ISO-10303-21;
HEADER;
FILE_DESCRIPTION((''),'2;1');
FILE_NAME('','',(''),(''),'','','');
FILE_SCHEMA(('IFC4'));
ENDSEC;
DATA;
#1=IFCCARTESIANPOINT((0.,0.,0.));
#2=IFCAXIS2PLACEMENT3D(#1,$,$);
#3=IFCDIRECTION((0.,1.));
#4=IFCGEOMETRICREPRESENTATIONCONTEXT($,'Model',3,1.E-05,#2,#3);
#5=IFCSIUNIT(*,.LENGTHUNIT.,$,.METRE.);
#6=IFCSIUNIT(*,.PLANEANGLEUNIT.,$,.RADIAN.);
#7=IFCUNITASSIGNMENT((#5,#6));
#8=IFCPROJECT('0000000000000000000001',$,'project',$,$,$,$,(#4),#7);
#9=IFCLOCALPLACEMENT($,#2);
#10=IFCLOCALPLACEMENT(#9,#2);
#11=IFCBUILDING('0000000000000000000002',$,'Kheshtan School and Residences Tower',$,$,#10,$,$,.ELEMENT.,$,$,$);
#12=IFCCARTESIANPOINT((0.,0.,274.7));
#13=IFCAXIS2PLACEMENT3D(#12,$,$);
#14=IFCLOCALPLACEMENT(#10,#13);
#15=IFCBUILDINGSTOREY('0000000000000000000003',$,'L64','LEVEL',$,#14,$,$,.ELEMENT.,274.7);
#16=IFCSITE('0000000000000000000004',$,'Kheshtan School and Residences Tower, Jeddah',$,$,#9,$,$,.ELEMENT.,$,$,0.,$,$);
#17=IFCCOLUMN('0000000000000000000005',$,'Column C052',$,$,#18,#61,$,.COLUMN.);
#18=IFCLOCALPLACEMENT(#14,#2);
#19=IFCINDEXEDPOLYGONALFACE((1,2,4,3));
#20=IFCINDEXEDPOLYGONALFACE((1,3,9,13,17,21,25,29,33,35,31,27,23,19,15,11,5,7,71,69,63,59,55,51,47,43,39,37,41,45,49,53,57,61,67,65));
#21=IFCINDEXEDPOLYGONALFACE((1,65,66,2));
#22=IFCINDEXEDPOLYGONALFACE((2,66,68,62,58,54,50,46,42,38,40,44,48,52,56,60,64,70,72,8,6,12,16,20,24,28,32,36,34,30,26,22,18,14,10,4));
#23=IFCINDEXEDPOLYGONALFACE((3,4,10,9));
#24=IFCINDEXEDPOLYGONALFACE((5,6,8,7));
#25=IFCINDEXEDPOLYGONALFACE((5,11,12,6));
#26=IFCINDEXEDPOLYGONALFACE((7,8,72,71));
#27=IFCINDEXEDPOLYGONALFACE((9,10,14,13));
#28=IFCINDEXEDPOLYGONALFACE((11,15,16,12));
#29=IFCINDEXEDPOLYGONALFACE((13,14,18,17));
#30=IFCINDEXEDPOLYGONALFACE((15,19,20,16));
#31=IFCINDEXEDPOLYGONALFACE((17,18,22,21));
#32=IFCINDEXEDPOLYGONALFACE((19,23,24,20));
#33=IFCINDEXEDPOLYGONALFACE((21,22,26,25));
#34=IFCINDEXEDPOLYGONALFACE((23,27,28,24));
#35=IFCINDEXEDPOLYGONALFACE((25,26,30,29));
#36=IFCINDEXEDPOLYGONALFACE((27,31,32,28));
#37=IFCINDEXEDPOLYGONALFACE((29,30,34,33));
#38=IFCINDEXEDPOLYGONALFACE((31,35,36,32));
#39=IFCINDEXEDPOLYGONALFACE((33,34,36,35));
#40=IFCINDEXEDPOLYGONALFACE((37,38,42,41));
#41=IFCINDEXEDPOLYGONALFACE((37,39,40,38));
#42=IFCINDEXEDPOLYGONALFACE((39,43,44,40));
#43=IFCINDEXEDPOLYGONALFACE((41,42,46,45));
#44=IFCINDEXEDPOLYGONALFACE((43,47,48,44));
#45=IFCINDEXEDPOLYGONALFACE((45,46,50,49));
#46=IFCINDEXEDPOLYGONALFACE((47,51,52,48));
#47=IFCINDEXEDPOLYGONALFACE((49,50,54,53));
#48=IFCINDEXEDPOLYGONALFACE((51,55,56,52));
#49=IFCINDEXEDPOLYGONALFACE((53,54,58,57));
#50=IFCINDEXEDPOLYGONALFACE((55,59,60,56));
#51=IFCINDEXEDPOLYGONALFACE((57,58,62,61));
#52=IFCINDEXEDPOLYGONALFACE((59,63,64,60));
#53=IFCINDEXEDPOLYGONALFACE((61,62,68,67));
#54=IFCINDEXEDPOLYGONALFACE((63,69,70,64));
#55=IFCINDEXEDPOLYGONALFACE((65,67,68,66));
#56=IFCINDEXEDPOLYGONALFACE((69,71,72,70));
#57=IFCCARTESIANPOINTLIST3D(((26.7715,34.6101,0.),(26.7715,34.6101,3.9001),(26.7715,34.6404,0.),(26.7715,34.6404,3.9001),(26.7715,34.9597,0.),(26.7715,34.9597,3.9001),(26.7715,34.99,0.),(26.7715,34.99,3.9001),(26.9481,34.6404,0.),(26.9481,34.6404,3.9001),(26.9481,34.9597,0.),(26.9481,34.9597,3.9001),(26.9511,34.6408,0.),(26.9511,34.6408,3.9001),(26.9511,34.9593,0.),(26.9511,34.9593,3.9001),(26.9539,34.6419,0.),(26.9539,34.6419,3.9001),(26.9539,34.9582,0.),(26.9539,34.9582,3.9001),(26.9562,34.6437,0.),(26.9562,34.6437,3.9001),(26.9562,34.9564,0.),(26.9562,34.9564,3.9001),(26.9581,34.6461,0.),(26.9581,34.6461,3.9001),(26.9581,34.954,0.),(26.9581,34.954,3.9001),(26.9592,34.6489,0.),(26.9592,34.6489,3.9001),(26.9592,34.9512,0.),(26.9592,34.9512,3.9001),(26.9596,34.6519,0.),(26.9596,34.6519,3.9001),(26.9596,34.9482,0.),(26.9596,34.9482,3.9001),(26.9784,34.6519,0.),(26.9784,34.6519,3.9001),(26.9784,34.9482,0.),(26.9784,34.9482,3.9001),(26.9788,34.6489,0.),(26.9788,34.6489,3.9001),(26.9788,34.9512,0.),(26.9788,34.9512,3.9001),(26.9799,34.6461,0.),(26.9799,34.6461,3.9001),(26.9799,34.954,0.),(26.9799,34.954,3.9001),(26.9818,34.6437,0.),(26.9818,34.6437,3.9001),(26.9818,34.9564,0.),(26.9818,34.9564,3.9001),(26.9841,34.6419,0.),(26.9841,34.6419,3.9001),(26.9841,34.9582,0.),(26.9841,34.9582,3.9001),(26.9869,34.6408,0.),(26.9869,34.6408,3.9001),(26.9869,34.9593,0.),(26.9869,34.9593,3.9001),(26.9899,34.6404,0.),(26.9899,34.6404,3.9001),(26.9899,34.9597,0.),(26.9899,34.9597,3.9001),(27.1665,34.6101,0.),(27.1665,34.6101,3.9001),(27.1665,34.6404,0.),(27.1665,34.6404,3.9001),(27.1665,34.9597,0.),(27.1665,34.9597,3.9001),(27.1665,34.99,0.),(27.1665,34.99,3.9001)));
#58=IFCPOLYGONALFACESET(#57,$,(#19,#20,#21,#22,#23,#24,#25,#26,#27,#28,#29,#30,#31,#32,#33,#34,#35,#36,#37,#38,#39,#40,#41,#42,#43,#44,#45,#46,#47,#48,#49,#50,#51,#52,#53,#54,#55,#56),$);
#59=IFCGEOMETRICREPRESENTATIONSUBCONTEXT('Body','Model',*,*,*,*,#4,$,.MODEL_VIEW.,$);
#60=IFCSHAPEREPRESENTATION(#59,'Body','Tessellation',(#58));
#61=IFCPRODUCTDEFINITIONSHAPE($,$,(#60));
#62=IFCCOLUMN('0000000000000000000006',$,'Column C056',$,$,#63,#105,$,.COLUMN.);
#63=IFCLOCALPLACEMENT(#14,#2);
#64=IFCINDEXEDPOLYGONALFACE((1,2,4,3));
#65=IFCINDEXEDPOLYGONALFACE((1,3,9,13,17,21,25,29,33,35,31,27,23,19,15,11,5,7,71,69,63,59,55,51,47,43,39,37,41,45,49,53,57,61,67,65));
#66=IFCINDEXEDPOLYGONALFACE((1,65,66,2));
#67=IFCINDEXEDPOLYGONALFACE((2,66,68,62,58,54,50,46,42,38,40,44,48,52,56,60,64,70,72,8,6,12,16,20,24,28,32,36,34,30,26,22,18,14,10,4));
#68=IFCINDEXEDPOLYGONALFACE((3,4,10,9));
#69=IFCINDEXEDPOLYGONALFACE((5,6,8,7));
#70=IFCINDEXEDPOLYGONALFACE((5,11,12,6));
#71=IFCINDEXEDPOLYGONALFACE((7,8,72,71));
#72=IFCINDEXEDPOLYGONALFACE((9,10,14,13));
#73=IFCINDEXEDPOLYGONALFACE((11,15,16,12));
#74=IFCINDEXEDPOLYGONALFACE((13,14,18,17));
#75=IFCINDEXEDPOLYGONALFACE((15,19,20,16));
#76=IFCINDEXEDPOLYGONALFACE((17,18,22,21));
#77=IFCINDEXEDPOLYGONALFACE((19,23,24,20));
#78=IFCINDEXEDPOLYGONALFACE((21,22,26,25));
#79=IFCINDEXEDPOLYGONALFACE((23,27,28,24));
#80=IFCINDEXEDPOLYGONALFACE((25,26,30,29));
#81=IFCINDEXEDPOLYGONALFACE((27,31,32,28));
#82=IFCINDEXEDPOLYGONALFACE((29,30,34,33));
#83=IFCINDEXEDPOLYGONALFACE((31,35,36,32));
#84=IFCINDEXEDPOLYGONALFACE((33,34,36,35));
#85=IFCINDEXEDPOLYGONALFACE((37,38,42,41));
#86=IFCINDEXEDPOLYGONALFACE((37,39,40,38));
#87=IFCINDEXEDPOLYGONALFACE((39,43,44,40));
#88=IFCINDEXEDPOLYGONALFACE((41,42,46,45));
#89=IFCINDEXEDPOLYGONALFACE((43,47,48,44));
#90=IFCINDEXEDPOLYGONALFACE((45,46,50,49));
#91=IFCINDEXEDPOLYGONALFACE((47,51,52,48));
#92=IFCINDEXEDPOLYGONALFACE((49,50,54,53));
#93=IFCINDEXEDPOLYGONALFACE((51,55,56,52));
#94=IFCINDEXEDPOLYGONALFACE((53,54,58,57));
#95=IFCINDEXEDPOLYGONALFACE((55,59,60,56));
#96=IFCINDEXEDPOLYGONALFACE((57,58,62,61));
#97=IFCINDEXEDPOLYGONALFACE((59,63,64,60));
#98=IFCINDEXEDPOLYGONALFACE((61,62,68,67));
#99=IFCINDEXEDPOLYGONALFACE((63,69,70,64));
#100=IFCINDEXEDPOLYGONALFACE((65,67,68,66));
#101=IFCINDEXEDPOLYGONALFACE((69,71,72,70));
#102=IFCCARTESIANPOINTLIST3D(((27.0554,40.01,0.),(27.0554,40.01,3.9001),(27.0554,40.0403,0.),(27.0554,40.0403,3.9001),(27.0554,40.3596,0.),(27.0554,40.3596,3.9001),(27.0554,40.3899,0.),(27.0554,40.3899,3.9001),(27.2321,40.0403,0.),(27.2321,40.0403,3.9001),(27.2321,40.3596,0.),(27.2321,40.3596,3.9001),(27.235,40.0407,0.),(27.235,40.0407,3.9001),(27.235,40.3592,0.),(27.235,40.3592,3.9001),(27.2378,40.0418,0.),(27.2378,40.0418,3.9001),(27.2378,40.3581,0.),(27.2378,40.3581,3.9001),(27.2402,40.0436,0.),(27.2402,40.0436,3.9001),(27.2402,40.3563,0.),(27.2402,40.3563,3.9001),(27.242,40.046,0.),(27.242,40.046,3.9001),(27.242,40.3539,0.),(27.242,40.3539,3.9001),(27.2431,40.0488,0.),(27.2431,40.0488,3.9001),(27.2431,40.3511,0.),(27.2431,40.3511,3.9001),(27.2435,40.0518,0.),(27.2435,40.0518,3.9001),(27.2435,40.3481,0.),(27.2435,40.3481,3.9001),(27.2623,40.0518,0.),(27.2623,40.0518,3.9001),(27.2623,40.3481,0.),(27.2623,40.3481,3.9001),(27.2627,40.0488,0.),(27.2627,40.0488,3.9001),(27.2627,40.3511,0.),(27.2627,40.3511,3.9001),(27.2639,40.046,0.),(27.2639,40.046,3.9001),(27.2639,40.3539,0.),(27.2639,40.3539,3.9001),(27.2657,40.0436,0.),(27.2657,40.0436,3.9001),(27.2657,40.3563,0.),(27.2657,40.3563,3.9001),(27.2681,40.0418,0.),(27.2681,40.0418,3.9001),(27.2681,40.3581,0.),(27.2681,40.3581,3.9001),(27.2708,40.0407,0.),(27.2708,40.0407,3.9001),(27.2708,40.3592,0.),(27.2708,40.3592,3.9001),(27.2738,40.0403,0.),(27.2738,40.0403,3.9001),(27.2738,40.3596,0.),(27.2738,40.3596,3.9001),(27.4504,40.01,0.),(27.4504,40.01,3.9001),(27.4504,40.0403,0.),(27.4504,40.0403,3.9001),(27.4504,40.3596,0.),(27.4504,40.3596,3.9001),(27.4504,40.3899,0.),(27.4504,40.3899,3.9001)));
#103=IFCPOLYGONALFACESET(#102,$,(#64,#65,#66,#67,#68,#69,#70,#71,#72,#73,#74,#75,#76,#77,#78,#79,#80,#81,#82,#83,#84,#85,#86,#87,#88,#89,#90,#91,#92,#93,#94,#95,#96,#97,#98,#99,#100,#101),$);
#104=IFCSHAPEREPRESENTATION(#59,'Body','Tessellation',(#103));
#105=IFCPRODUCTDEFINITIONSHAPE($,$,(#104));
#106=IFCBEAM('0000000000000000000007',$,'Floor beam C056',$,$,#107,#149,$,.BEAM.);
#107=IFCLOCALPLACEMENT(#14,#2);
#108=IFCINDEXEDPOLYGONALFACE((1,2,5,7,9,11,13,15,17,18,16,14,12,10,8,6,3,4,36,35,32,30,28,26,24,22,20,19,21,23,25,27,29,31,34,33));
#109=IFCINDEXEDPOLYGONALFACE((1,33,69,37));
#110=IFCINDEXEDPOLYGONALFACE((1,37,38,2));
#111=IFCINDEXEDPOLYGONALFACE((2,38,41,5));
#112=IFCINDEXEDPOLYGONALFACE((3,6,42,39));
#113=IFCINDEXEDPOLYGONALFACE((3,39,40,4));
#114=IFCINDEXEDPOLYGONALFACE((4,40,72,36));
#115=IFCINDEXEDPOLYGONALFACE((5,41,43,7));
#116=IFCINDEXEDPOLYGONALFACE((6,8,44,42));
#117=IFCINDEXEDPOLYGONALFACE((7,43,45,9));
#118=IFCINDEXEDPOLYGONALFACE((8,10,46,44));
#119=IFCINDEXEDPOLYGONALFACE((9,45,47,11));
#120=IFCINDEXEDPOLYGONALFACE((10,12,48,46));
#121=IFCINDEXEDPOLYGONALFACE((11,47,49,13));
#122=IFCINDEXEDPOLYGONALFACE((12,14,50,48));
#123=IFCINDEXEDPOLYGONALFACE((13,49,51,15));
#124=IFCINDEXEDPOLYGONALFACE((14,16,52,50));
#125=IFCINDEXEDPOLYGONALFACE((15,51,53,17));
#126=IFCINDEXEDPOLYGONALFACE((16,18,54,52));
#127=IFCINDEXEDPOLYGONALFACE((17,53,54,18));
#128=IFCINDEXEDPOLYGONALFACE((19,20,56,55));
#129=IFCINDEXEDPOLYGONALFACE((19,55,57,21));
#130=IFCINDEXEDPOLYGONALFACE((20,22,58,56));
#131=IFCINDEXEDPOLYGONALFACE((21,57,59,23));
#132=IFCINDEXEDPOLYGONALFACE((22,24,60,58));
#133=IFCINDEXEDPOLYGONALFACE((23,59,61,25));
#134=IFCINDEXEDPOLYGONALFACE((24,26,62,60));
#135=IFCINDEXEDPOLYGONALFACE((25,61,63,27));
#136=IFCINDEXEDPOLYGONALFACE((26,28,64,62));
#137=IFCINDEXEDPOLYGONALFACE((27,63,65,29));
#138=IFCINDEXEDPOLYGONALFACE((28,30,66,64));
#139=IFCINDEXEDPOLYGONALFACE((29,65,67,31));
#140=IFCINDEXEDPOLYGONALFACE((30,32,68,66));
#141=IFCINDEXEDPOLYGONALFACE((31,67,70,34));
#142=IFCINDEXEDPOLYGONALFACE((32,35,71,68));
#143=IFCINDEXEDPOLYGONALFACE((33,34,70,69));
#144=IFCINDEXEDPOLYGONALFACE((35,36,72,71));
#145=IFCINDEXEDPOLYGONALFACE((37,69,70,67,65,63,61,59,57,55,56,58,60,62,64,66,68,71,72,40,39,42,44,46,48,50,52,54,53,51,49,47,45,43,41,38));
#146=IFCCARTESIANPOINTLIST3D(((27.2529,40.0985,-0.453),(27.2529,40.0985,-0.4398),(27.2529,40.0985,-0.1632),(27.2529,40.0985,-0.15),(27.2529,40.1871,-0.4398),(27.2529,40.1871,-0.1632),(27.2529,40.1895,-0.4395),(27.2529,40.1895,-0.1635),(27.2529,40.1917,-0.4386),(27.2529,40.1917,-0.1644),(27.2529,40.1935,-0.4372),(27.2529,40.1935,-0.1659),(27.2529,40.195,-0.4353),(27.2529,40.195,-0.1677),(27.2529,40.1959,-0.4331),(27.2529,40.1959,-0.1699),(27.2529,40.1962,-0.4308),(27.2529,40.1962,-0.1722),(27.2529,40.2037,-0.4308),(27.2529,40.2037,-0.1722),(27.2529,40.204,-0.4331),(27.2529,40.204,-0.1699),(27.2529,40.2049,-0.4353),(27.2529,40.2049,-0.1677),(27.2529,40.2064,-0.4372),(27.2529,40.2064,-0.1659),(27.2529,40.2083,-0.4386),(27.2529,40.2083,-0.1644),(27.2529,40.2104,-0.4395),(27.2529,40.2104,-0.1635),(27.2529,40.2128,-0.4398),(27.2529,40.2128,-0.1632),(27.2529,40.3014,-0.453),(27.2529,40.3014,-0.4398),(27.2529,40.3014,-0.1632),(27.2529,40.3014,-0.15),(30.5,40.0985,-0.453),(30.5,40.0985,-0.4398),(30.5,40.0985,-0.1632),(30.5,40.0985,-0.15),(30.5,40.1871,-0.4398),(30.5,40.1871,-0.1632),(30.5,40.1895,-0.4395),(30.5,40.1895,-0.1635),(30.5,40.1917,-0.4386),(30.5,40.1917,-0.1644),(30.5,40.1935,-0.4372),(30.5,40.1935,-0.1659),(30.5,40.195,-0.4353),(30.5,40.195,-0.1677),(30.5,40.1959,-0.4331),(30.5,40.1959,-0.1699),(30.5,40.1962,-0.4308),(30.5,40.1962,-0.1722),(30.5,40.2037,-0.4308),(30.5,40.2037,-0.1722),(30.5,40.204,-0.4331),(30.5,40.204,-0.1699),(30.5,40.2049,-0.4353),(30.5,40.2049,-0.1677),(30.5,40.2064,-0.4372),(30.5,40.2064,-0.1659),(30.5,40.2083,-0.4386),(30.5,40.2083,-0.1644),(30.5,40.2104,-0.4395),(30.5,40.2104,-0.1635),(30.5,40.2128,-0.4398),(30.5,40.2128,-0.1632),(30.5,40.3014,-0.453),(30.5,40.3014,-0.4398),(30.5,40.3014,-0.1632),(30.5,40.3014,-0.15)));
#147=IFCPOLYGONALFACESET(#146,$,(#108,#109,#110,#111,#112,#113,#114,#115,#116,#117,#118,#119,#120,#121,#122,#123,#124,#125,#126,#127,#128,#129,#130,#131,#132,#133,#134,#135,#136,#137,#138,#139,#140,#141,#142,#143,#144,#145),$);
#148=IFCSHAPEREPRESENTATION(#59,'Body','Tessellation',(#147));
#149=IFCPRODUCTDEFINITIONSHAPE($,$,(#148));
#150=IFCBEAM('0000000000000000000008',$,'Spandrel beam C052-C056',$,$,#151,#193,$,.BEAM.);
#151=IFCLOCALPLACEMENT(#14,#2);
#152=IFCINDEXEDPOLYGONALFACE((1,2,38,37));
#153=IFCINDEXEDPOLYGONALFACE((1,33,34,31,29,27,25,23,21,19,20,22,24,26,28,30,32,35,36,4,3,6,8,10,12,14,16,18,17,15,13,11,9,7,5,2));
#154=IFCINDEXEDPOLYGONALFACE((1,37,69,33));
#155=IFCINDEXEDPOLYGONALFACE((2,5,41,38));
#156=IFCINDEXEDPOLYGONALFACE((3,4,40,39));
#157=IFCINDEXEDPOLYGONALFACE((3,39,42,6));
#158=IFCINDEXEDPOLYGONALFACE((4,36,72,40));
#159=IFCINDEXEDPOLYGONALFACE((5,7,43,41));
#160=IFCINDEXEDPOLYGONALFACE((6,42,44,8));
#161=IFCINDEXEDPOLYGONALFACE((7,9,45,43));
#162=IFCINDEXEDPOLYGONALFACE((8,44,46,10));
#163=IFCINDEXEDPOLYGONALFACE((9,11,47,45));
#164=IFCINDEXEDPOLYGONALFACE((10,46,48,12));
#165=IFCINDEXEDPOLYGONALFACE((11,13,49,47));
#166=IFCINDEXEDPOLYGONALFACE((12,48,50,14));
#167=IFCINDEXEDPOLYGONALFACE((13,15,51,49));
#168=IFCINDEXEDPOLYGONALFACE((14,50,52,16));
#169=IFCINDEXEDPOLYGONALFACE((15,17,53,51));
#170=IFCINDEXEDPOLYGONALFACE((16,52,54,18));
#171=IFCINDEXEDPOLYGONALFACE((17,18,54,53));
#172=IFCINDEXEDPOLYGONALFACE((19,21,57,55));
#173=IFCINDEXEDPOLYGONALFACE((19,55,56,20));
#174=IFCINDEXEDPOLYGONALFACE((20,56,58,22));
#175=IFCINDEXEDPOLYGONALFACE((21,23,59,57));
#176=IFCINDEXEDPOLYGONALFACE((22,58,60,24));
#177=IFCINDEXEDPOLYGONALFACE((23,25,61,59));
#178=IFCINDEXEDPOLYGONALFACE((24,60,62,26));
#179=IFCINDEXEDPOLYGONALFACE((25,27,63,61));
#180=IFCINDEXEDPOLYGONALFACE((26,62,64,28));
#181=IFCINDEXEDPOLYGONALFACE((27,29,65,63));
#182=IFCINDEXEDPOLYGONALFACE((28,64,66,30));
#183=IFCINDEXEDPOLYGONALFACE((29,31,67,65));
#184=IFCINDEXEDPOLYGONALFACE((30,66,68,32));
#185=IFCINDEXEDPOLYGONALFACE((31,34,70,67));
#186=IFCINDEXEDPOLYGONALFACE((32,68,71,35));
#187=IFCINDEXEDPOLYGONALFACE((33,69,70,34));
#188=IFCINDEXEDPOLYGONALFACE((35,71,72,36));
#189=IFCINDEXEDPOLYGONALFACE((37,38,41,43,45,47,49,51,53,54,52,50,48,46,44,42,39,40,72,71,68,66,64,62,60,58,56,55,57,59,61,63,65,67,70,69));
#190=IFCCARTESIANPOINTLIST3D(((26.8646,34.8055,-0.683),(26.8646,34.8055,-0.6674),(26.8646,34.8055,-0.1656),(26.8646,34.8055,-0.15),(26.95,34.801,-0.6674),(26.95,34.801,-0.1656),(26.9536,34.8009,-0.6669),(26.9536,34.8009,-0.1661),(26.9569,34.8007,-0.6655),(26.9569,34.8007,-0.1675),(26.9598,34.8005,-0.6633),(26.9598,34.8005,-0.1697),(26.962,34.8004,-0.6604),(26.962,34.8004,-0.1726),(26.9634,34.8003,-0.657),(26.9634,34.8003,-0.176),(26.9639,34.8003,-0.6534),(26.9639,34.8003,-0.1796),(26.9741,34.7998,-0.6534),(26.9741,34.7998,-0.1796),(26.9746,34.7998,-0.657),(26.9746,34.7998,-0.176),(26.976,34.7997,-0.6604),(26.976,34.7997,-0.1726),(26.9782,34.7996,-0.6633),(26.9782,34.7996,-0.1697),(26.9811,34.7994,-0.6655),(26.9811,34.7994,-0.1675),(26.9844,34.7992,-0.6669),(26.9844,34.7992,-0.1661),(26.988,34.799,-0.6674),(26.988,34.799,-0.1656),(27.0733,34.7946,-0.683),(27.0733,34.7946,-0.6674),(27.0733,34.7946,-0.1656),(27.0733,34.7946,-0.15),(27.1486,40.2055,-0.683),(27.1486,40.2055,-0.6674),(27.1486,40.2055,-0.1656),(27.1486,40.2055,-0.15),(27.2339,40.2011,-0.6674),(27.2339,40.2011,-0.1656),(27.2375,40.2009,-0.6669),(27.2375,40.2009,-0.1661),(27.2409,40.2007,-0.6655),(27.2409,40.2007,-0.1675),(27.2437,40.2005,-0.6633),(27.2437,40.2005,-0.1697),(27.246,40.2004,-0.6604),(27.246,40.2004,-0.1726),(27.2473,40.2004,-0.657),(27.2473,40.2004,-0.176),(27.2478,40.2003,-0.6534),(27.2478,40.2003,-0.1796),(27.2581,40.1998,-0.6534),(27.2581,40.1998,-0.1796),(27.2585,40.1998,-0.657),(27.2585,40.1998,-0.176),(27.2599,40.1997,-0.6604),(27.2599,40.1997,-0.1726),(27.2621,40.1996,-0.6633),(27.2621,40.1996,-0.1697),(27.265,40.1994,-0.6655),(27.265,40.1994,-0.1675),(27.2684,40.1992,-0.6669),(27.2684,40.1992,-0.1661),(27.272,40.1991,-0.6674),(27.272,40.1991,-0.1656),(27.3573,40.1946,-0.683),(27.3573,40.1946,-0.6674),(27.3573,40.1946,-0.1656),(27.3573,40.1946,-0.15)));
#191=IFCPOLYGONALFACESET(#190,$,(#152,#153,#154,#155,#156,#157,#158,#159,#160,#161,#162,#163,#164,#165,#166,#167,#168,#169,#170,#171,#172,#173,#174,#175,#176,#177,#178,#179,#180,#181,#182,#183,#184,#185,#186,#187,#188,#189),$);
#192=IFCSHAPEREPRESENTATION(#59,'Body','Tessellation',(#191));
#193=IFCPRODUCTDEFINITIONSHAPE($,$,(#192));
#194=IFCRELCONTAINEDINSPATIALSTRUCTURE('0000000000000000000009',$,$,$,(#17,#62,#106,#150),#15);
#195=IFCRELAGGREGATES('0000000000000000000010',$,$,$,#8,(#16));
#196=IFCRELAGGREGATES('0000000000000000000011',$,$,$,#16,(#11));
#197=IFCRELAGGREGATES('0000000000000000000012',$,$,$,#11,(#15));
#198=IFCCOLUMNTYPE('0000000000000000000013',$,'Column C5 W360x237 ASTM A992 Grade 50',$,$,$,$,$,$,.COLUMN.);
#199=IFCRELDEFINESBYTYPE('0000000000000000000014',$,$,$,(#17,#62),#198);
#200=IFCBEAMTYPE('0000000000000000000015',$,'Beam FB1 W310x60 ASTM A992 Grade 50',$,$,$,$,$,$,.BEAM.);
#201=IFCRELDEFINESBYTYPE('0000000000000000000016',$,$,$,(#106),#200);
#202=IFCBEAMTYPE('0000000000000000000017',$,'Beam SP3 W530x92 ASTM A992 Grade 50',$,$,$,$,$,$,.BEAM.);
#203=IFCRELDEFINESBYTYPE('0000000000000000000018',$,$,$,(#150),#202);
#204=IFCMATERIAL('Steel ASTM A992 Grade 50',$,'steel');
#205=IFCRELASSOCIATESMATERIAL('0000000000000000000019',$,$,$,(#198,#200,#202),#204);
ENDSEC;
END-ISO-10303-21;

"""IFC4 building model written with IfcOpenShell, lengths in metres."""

from ifc_helpers import new_model, si_unit, direction, frame, origin, origin_2d, place, context, subcontext, project, spatial, i_section, extrude, material, material_profile, profile_set, type_object, element, save


model = new_model("IFC4")

# Units and contexts
model_context = context("Model", 3, precision=1e-05, world=origin(), true_north=direction((0.0, 1.0)))
body_context = subcontext(model_context, "Body", "Model", "MODEL_VIEW")
ifc_project = project(units=[si_unit("LENGTHUNIT", "METRE"), si_unit("PLANEANGLEUNIT", "RADIAN")], contexts=[model_context])

# Site, building, storey
site_placement = place(None, origin())
site = spatial("IfcSite", under=ifc_project, at=site_placement, Name="Kheshtan School and Residences Tower, Jeddah", CompositionType="ELEMENT", RefElevation=0.0)
building_placement = place(site_placement, origin())
building = spatial("IfcBuilding", under=site, at=building_placement, Name="Kheshtan School and Residences Tower", CompositionType="ELEMENT")
storey_placement = place(building_placement, frame((0.0, 0.0, 274.7)))
storey = spatial("IfcBuildingStorey", under=building, at=storey_placement, Name="L64", Description="LEVEL", CompositionType="ELEMENT", Elevation=274.7)

# Columns
ifc_material_1 = material(Name="Steel ASTM A992 Grade 50", Category="steel")
ifc_material_profile_1 = material_profile(ifc_material_1, i_section(OverallWidth=0.395, OverallDepth=0.3799, WebThickness=0.0188, FlangeThickness=0.0303, FilletRadius=0.0115, at=origin_2d()), Name="W360x237")
ifc_profile_set_1 = profile_set([ifc_material_profile_1], Name="Steel ASTM A992 Grade 50")
column_type = type_object("IfcColumnType", Name="Column C5 W360x237 ASTM A992 Grade 50", PredefinedType="COLUMN", material=ifc_profile_set_1)
for number, where, z_axis, x_axis, name in (
    (1, (26.969, 34.8, 0.0), (0.0, 0.0, 1.0), (1.0, 0.0, 0.0), "Column C052"),
    (2, (27.2529, 40.2, 0.0), (0.0, 0.0, 1.0), (1.0, 0.0, 0.0), "Column C056"),
):
    element("IfcColumn", number, at=place(storey_placement, frame(where, z_axis=z_axis, x_axis=x_axis)), inside=storey, type_object=column_type, Name=name, PredefinedType="COLUMN", context=body_context, shape_type="SweptSolid", body=[
        extrude(i_section(OverallWidth=0.395, OverallDepth=0.3799, WebThickness=0.0188, FlangeThickness=0.0303, FilletRadius=0.0115, at=origin_2d()), origin(), (0.0, 0.0, 1.0), 3.9001),
    ])

# Beams
ifc_material_profile_2 = material_profile(ifc_material_1, i_section(OverallWidth=0.2029, OverallDepth=0.303, WebThickness=0.0076, FlangeThickness=0.0132, FilletRadius=0.009, at=origin_2d()), Name="W310x60")
ifc_profile_set_2 = profile_set([ifc_material_profile_2], Name="Steel ASTM A992 Grade 50")
beam_type_1 = type_object("IfcBeamType", Name="Beam FB1 W310x60 ASTM A992 Grade 50", PredefinedType="BEAM", material=ifc_profile_set_2)
beam_1_placement = place(storey_placement, frame((27.2529, 40.2, -0.3015), z_axis=(1.0, 0.0, 0.0), x_axis=(0.0, 1.0, 0.0)))
element("IfcBeam", 3, at=beam_1_placement, inside=storey, type_object=beam_type_1, Name="Floor beam C056", PredefinedType="BEAM", context=body_context, shape_type="SweptSolid", body=[
    extrude(i_section(OverallWidth=0.2029, OverallDepth=0.303, WebThickness=0.0076, FlangeThickness=0.0132, FilletRadius=0.009, at=origin_2d()), origin(), (0.0, 0.0, 1.0), 3.2471),
])
ifc_material_profile_3 = material_profile(ifc_material_1, i_section(OverallWidth=0.209, OverallDepth=0.533, WebThickness=0.0103, FlangeThickness=0.0156, FilletRadius=0.0139, at=origin_2d()), Name="W530x92")
ifc_profile_set_3 = profile_set([ifc_material_profile_3], Name="Steel ASTM A992 Grade 50")
beam_type_2 = type_object("IfcBeamType", Name="Beam SP3 W530x92 ASTM A992 Grade 50", PredefinedType="BEAM", material=ifc_profile_set_3)
beam_2_placement = place(storey_placement, frame((26.969, 34.8, -0.4165), z_axis=(0.052509, 0.99862, 0.0), x_axis=(-0.99862, 0.052509, 0.0)))
element("IfcBeam", 4, at=beam_2_placement, inside=storey, type_object=beam_type_2, Name="Spandrel beam C052-C056", PredefinedType="BEAM", context=body_context, shape_type="SweptSolid", body=[
    extrude(i_section(OverallWidth=0.209, OverallDepth=0.533, WebThickness=0.0103, FlangeThickness=0.0156, FilletRadius=0.0139, at=origin_2d()), origin(), (0.0, 0.0, 1.0), 5.4075),
])

save(model, "model.ifc")
